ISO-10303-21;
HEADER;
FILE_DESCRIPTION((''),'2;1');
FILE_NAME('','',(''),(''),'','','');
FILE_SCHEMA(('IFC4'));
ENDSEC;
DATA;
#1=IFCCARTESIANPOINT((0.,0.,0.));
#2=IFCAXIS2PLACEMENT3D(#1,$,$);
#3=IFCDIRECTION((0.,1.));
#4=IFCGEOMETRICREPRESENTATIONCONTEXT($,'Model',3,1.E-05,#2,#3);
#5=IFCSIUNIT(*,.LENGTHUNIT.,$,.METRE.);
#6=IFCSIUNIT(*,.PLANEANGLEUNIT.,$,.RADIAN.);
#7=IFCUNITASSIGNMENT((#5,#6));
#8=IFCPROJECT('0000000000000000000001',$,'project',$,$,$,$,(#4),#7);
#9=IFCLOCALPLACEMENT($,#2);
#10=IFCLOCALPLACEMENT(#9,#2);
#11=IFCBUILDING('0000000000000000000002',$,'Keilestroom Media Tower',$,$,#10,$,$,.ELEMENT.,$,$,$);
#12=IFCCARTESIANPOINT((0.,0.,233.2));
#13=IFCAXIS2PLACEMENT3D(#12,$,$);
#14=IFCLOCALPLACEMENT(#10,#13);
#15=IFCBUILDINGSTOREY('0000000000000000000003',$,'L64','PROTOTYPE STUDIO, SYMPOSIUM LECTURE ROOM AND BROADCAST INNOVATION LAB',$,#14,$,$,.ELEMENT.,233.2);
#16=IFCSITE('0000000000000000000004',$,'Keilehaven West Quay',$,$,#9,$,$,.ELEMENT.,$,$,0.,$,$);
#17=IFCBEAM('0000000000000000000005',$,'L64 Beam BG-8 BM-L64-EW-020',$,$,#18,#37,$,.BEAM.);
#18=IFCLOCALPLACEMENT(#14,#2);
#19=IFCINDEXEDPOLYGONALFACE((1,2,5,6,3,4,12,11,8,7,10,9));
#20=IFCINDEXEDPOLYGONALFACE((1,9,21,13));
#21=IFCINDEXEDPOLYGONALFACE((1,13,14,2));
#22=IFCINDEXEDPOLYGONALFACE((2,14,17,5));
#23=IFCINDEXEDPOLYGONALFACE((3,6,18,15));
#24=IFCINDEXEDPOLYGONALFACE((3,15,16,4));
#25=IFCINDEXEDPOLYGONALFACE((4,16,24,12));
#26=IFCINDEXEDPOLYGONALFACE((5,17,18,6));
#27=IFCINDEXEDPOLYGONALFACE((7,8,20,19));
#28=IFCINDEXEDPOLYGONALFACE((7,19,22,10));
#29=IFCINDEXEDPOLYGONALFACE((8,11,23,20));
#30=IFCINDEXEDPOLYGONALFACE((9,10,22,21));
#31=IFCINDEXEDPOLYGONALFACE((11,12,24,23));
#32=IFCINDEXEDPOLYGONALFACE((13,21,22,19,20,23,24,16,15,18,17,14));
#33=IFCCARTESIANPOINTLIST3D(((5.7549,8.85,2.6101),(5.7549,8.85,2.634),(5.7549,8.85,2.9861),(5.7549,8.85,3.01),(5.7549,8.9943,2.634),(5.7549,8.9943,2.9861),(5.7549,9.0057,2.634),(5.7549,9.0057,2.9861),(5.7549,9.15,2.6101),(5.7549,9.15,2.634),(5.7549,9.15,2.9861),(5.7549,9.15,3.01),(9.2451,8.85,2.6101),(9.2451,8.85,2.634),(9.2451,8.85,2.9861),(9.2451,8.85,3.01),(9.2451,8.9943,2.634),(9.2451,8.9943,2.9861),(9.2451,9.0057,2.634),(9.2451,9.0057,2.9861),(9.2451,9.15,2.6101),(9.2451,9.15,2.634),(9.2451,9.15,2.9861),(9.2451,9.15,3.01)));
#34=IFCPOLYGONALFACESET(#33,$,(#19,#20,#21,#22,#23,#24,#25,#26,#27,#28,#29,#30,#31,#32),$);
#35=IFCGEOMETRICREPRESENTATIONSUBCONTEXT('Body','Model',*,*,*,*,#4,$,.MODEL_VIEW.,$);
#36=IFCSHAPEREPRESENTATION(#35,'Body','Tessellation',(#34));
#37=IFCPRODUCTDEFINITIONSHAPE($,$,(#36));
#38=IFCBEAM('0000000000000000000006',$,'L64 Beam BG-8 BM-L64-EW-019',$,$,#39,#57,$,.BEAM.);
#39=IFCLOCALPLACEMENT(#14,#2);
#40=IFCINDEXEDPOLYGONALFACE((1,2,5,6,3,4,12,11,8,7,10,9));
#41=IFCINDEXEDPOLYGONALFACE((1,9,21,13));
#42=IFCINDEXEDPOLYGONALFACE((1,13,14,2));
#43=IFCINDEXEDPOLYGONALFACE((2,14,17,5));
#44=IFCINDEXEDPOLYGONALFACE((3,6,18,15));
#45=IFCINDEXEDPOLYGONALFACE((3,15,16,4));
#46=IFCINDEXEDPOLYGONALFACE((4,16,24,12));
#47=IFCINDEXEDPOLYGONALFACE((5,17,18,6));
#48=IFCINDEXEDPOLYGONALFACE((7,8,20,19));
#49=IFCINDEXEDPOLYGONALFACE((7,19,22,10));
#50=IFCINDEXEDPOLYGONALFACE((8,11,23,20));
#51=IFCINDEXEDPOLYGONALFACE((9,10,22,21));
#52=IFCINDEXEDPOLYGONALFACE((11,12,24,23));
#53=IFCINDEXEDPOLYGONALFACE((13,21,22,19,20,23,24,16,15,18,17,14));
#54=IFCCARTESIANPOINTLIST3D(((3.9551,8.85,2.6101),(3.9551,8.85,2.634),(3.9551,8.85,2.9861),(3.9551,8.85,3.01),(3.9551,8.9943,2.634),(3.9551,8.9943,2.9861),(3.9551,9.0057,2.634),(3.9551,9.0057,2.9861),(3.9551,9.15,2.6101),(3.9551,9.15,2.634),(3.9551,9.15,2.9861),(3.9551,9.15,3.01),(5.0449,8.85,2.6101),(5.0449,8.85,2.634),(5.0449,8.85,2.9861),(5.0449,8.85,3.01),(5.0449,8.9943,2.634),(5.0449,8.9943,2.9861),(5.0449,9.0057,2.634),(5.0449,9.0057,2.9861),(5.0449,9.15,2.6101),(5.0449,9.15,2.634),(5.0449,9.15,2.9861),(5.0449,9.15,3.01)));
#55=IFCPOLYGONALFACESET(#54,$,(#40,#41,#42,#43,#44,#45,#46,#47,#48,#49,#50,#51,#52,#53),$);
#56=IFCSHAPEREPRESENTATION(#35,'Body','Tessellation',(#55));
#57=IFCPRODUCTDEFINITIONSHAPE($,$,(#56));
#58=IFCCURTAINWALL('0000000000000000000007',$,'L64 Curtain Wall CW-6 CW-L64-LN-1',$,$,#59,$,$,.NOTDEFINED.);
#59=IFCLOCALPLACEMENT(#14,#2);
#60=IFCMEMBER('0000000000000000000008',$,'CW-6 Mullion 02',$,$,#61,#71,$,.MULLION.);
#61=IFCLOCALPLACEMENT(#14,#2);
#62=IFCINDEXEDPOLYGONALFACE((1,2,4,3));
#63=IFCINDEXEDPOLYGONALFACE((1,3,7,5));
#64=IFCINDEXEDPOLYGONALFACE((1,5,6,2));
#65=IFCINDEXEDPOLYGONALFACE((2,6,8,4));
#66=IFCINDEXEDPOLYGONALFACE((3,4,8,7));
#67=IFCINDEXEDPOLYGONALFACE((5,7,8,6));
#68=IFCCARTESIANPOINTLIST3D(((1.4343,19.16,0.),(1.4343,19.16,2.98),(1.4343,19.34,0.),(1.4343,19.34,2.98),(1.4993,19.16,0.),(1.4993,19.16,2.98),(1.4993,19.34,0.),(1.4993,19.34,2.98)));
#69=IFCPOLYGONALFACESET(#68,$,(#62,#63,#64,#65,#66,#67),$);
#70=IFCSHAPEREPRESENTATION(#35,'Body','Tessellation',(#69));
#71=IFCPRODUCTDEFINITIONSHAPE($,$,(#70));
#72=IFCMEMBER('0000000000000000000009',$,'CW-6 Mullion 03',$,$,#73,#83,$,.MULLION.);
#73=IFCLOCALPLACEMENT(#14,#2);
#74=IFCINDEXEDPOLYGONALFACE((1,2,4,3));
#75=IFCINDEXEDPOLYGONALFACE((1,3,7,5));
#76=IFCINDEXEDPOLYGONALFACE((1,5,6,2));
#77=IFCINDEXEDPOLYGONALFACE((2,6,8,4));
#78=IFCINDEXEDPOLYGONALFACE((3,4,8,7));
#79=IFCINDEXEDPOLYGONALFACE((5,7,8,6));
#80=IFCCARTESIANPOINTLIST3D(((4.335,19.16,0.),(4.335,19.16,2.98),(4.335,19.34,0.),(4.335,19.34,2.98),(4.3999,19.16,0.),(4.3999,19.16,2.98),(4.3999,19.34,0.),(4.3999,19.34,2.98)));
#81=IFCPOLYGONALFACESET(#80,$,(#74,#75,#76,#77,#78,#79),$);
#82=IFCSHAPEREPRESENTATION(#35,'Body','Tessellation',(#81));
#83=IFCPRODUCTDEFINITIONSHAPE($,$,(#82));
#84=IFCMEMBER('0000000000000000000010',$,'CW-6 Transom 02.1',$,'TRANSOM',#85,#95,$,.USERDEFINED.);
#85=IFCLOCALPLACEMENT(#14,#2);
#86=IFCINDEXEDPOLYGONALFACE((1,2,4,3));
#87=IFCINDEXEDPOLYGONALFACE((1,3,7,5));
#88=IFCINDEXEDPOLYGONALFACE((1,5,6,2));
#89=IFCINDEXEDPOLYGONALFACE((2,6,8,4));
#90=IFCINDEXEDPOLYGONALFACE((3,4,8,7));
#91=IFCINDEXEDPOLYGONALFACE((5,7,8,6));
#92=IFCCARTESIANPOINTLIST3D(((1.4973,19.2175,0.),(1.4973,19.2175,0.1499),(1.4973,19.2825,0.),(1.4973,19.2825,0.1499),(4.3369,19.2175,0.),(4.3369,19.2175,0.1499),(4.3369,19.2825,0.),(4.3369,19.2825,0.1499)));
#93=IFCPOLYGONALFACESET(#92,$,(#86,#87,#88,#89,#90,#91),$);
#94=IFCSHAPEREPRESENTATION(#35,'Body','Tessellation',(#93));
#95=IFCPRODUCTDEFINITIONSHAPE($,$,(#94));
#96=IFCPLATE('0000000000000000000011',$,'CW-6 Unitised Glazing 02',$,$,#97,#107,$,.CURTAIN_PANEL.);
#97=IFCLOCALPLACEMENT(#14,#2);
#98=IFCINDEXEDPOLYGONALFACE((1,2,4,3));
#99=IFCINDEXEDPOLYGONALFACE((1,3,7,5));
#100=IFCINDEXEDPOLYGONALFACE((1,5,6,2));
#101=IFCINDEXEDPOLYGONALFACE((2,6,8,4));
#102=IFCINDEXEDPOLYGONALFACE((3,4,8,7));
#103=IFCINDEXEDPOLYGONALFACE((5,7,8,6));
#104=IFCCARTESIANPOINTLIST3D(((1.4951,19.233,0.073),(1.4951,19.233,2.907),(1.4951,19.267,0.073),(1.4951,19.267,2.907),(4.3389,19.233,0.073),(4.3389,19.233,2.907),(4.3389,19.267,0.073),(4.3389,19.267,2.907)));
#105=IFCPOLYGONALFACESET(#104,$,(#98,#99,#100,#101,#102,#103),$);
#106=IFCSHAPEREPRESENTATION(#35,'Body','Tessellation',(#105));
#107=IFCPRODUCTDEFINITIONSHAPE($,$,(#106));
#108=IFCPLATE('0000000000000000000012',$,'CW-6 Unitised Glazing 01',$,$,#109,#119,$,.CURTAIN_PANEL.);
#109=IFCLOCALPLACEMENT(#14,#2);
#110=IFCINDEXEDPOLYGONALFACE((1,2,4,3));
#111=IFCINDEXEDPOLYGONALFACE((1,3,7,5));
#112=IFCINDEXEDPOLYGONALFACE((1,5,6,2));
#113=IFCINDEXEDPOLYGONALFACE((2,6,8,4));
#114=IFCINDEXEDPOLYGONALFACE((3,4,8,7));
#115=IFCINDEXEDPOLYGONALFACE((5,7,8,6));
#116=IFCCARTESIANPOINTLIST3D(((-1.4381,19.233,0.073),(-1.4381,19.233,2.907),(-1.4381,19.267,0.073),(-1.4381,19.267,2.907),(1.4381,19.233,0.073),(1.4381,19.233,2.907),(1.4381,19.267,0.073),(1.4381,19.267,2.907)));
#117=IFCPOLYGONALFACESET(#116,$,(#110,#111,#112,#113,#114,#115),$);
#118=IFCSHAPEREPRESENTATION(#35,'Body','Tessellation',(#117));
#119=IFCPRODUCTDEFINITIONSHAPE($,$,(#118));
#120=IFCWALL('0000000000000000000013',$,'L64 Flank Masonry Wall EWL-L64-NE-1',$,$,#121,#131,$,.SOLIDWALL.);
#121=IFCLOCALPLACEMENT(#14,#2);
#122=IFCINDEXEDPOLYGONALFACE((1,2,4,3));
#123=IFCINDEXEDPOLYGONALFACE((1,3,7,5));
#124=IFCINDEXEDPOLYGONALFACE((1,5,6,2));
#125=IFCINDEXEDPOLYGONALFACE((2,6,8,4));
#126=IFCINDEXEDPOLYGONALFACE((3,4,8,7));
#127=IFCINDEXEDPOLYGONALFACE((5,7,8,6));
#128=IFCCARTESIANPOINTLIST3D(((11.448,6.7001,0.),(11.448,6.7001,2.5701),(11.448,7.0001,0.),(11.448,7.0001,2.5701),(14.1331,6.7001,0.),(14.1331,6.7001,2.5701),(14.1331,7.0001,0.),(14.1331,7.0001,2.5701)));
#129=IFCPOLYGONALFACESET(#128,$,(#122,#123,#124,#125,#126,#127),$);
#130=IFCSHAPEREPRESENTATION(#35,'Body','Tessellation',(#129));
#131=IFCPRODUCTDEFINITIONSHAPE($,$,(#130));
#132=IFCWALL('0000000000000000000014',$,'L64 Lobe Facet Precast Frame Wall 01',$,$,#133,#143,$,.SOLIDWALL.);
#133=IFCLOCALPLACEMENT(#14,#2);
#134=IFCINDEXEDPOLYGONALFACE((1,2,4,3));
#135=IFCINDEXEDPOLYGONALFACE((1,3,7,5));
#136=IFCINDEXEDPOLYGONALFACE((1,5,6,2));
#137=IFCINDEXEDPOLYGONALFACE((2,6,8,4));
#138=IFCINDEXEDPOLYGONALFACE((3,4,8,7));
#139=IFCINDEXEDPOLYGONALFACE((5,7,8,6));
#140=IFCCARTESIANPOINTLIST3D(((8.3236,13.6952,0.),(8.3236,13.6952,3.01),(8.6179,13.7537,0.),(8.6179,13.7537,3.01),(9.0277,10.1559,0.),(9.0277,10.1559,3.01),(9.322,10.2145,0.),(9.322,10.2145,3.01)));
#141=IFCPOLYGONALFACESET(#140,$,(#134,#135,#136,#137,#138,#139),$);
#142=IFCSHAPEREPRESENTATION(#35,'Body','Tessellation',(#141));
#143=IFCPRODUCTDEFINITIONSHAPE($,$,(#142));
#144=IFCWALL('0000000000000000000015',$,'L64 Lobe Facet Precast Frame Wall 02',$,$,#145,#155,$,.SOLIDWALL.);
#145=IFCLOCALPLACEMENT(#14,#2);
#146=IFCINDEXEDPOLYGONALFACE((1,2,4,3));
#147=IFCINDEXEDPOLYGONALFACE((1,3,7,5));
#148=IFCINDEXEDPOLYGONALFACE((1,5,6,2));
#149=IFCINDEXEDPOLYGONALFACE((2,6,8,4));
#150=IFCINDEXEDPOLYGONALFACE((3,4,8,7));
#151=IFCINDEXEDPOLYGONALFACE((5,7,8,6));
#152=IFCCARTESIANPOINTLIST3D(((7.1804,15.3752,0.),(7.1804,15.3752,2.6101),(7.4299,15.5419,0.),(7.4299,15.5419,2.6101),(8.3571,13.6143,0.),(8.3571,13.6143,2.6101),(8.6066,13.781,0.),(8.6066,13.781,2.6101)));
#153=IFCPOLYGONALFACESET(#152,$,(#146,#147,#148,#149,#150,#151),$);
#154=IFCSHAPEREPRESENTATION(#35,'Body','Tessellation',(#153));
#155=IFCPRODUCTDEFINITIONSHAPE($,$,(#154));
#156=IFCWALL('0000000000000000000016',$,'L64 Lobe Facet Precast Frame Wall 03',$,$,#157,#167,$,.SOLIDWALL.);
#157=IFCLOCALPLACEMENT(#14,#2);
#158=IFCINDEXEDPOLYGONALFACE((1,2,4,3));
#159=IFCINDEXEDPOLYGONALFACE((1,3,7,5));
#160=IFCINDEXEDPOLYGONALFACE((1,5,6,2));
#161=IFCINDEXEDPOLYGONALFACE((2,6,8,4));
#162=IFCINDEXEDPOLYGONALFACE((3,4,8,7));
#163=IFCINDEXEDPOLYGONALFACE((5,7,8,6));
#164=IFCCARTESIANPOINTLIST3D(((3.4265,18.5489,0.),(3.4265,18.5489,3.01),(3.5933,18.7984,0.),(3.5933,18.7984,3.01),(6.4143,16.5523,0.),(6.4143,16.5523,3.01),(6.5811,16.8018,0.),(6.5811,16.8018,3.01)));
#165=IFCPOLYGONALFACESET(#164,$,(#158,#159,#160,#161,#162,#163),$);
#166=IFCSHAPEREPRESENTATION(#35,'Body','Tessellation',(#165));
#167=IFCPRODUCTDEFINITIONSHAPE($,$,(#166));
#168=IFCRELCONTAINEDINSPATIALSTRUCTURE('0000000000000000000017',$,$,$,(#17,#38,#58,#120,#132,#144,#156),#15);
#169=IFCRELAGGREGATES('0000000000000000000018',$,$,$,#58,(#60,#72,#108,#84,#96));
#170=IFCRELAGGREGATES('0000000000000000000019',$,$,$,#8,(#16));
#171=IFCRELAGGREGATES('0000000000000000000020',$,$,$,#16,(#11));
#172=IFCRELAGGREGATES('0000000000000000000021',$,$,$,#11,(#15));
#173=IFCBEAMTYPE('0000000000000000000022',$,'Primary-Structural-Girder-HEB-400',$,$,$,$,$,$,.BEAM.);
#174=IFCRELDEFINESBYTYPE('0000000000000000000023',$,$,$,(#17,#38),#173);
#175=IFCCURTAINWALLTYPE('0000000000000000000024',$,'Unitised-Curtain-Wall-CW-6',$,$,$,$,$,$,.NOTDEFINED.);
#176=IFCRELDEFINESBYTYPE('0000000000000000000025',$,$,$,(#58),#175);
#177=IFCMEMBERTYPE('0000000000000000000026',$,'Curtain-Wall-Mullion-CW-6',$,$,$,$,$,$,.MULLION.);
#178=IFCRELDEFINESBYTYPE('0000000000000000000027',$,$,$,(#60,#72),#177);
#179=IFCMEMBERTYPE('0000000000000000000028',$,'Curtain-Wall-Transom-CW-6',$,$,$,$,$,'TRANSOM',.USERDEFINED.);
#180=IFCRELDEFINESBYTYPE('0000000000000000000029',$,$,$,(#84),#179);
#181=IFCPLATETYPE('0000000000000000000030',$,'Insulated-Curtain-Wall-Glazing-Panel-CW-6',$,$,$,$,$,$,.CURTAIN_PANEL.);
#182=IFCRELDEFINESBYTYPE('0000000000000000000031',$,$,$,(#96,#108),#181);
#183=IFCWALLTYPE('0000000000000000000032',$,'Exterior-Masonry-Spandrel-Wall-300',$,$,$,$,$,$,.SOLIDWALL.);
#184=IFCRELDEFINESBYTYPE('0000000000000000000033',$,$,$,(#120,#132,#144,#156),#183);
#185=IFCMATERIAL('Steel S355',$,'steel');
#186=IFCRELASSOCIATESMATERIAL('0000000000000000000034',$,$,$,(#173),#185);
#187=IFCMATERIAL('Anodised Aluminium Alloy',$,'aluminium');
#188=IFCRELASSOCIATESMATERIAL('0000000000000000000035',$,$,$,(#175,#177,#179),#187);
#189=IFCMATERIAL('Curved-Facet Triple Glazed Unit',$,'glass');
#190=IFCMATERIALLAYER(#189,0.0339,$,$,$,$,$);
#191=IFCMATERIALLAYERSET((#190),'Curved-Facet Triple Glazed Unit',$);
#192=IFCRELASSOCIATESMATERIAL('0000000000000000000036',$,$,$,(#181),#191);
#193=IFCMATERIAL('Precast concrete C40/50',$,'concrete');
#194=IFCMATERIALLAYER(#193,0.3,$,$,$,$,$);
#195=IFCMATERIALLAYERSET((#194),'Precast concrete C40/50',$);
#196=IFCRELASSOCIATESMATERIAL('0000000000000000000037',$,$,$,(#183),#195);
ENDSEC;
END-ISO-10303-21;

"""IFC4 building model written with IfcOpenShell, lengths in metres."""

from ifc_helpers import new_model, si_unit, direction, frame, frame_2d, origin, origin_2d, place, context, subcontext, project, spatial, rectangle, i_section, extrude, source, transform, mapped, material, layer, layer_set, material_profile, profile_set, type_object, element, aggregate, save


model = new_model("IFC4")

# Units and contexts
model_context = context("Model", 3, precision=1e-05, world=origin(), true_north=direction((0.0, 1.0)))
body_context = subcontext(model_context, "Body", "Model", "MODEL_VIEW")
ifc_project = project(units=[si_unit("LENGTHUNIT", "METRE"), si_unit("PLANEANGLEUNIT", "RADIAN")], contexts=[model_context])

# Site, building, storey
site_placement = place(None, origin())
site = spatial("IfcSite", under=ifc_project, at=site_placement, Name="Keilehaven West Quay", CompositionType="ELEMENT", RefElevation=0.0)
building_placement = place(site_placement, origin())
building = spatial("IfcBuilding", under=site, at=building_placement, Name="Keilestroom Media Tower", CompositionType="ELEMENT")
storey_placement = place(building_placement, frame((0.0, 0.0, 233.2)))
storey = spatial("IfcBuildingStorey", under=building, at=storey_placement, Name="L64", Description="PROTOTYPE STUDIO, SYMPOSIUM LECTURE ROOM AND BROADCAST INNOVATION LAB", CompositionType="ELEMENT", Elevation=233.2)

# Shared definitions
ifc_material_1 = material(Name="Precast concrete C40/50", Category="concrete")
ifc_material_2 = material(Name="Steel S355", Category="steel")

# Beams
ifc_material_profile_1 = material_profile(ifc_material_2, i_section(OverallWidth=0.3, OverallDepth=0.3999, WebThickness=0.0115, FlangeThickness=0.0239, at=origin_2d()), Name="HEB 400")
ifc_profile_set_1 = profile_set([ifc_material_profile_1], Name="Steel S355")
beam_type = type_object("IfcBeamType", Name="Primary-Structural-Girder-HEB-400", PredefinedType="BEAM", material=ifc_profile_set_1)
shared_shape_1 = source(origin(), body_context, "Body", "SweptSolid", [
    extrude(i_section(OverallWidth=0.3, OverallDepth=0.3999, WebThickness=0.0115, FlangeThickness=0.0239, at=origin_2d()), origin(), (0.0, 0.0, 1.0), 3.4902),
])
beam_1_placement = place(storey_placement, frame((5.7549, 9.0, 2.8101), z_axis=(1.0, 0.0, 0.0), x_axis=(0.0, 1.0, 0.0)))
element("IfcBeam", 1, at=beam_1_placement, inside=storey, type_object=beam_type, Name="L64 Beam BG-8 BM-L64-EW-020", PredefinedType="BEAM", context=body_context, shape_type="MappedRepresentation", body=[
    mapped(shared_shape_1, transform((0.0, 0.0, 0.0), x_axis=(1.0, 0.0, 0.0), y_axis=(0.0, 1.0, 0.0), z_axis=(0.0, 0.0, 1.0), scale=1.0)),
])
shared_shape_2 = source(origin(), body_context, "Body", "SweptSolid", [
    extrude(i_section(OverallWidth=0.3, OverallDepth=0.3999, WebThickness=0.0115, FlangeThickness=0.0239, at=origin_2d()), origin(), (0.0, 0.0, 1.0), 1.0898),
])
beam_2_placement = place(storey_placement, frame((3.9551, 9.0, 2.8101), z_axis=(1.0, 0.0, 0.0), x_axis=(0.0, 1.0, 0.0)))
element("IfcBeam", 2, at=beam_2_placement, inside=storey, type_object=beam_type, Name="L64 Beam BG-8 BM-L64-EW-019", PredefinedType="BEAM", context=body_context, shape_type="MappedRepresentation", body=[
    mapped(shared_shape_2, transform((0.0, 0.0, 0.0), x_axis=(1.0, 0.0, 0.0), y_axis=(0.0, 1.0, 0.0), z_axis=(0.0, 0.0, 1.0), scale=1.0)),
])

# Curtain wall, members, plates
ifc_material_3 = material(Name="Anodised Aluminium Alloy", Category="aluminium")
curtain_wall_type = type_object("IfcCurtainWallType", Name="Unitised-Curtain-Wall-CW-6", PredefinedType="NOTDEFINED", material=ifc_material_3)
curtain_wall_placement = place(storey_placement, origin())
curtain_wall = element("IfcCurtainWall", 3, at=curtain_wall_placement, inside=storey, type_object=curtain_wall_type, Name="L64 Curtain Wall CW-6 CW-L64-LN-1", PredefinedType="NOTDEFINED")
ifc_material_profile_2 = material_profile(ifc_material_3, rectangle(XDim=0.0649, YDim=0.1799, at=origin_2d()), Name="ALU MULLION 65x180")
ifc_profile_set_2 = profile_set([ifc_material_profile_2], Name="Anodised Aluminium Alloy")
member_type_1 = type_object("IfcMemberType", Name="Curtain-Wall-Mullion-CW-6", PredefinedType="MULLION", material=ifc_profile_set_2)
shared_shape_3 = source(origin(), body_context, "Body", "SweptSolid", [
    extrude(rectangle(XDim=0.0649, YDim=0.1799, at=origin_2d()), origin(), (0.0, 0.0, 1.0), 2.98),
])
member_1_placement = place(storey_placement, frame((1.4668, 19.25, 0.0), z_axis=(0.0, 0.0, 1.0), x_axis=(1.0, 0.0, 0.0)))
member_1 = element("IfcMember", 4, at=member_1_placement, type_object=member_type_1, Name="CW-6 Mullion 02", PredefinedType="MULLION", context=body_context, shape_type="MappedRepresentation", body=[
    mapped(shared_shape_3, transform((0.0, 0.0, 0.0), x_axis=(1.0, 0.0, 0.0), y_axis=(0.0, 1.0, 0.0), z_axis=(0.0, 0.0, 1.0), scale=1.0)),
])
member_2_placement = place(storey_placement, frame((4.3674, 19.25, 0.0), z_axis=(0.0, 0.0, 1.0), x_axis=(1.0, 0.0, 0.0)))
member_2 = element("IfcMember", 5, at=member_2_placement, type_object=member_type_1, Name="CW-6 Mullion 03", PredefinedType="MULLION", context=body_context, shape_type="MappedRepresentation", body=[
    mapped(shared_shape_3, transform((0.0, 0.0, 0.0), x_axis=(1.0, 0.0, 0.0), y_axis=(0.0, 1.0, 0.0), z_axis=(0.0, 0.0, 1.0), scale=1.0)),
])
ifc_material_profile_3 = material_profile(ifc_material_3, rectangle(XDim=0.0649, YDim=0.1499, at=origin_2d()), Name="ALU TRANSOM 65x150")
ifc_profile_set_3 = profile_set([ifc_material_profile_3], Name="Anodised Aluminium Alloy")
member_type_2 = type_object("IfcMemberType", Name="Curtain-Wall-Transom-CW-6", ElementType="TRANSOM", PredefinedType="USERDEFINED", material=ifc_profile_set_3)
shared_shape_4 = source(origin(), body_context, "Body", "SweptSolid", [
    extrude(rectangle(XDim=0.0649, YDim=0.1499, at=origin_2d()), origin(), (0.0, 0.0, 1.0), 2.8396),
])
member_3_placement = place(storey_placement, frame((1.4973, 19.25, 0.075), z_axis=(1.0, 0.0, 0.0), x_axis=(0.0, 1.0, 0.0)))
member_3 = element("IfcMember", 6, at=member_3_placement, type_object=member_type_2, Name="CW-6 Transom 02.1", ObjectType="TRANSOM", PredefinedType="USERDEFINED", context=body_context, shape_type="MappedRepresentation", body=[
    mapped(shared_shape_4, transform((0.0, 0.0, 0.0), x_axis=(1.0, 0.0, 0.0), y_axis=(0.0, 1.0, 0.0), z_axis=(0.0, 0.0, 1.0), scale=1.0)),
])
ifc_material_4 = material(Name="Curved-Facet Triple Glazed Unit", Category="glass")
ifc_layer_1 = layer(ifc_material_4, 0.0339)
ifc_layer_set_1 = layer_set([ifc_layer_1], Name="Curved-Facet Triple Glazed Unit")
plate_type = type_object("IfcPlateType", Name="Insulated-Curtain-Wall-Glazing-Panel-CW-6", PredefinedType="CURTAIN_PANEL", material=ifc_layer_set_1)
shared_shape_5 = source(origin(), body_context, "Body", "SweptSolid", [
    extrude(rectangle(XDim=2.8438, YDim=0.0339, at=origin_2d()), origin(), (0.0, 0.0, 1.0), 2.834),
])
plate_1_placement = place(storey_placement, frame((2.917, 19.25, 0.073), z_axis=(0.0, 0.0, 1.0), x_axis=(1.0, 0.0, 0.0)))
plate_1 = element("IfcPlate", 7, at=plate_1_placement, type_object=plate_type, Name="CW-6 Unitised Glazing 02", PredefinedType="CURTAIN_PANEL", context=body_context, shape_type="MappedRepresentation", body=[
    mapped(shared_shape_5, transform((0.0, 0.0, 0.0), x_axis=(1.0, 0.0, 0.0), y_axis=(0.0, 1.0, 0.0), z_axis=(0.0, 0.0, 1.0), scale=1.0)),
])
shared_shape_6 = source(origin(), body_context, "Body", "SweptSolid", [
    extrude(rectangle(XDim=2.8762, YDim=0.0339, at=origin_2d()), origin(), (0.0, 0.0, 1.0), 2.834),
])
plate_2_placement = place(storey_placement, frame((0.0, 19.25, 0.073), z_axis=(0.0, 0.0, 1.0), x_axis=(1.0, 0.0, 0.0)))
plate_2 = element("IfcPlate", 8, at=plate_2_placement, type_object=plate_type, Name="CW-6 Unitised Glazing 01", PredefinedType="CURTAIN_PANEL", context=body_context, shape_type="MappedRepresentation", body=[
    mapped(shared_shape_6, transform((0.0, 0.0, 0.0), x_axis=(1.0, 0.0, 0.0), y_axis=(0.0, 1.0, 0.0), z_axis=(0.0, 0.0, 1.0), scale=1.0)),
])
aggregate(curtain_wall, [member_1, member_2, plate_2, member_3, plate_1])

# Walls
ifc_layer_2 = layer(ifc_material_1, 0.3)
ifc_layer_set_2 = layer_set([ifc_layer_2], Name="Precast concrete C40/50")
wall_type_1 = type_object("IfcWallType", Name="Exterior-Masonry-Spandrel-Wall-300", PredefinedType="SOLIDWALL", material=ifc_layer_set_2)
wall_1_placement = place(storey_placement, frame((11.448, 6.8501, 0.0), z_axis=(0.0, 0.0, 1.0), x_axis=(1.0, 0.0, 0.0)))
element("IfcWall", 9, at=wall_1_placement, inside=storey, type_object=wall_type_1, Name="L64 Flank Masonry Wall EWL-L64-NE-1", PredefinedType="SOLIDWALL", context=body_context, shape_type="SweptSolid", body=[
    extrude(rectangle(XDim=2.6851, YDim=0.3, at=frame_2d((1.3425, 0.0))), origin(), (0.0, 0.0, 1.0), 2.5701),
])
wall_2_placement = place(storey_placement, frame((9.1748, 10.1853, 0.0), z_axis=(0.0, 0.0, 1.0), x_axis=(-0.195114, 0.980781, 0.0)))
element("IfcWall", 10, at=wall_2_placement, inside=storey, type_object=wall_type_1, Name="L64 Lobe Facet Precast Frame Wall 01", PredefinedType="SOLIDWALL", context=body_context, shape_type="SweptSolid", body=[
    extrude(rectangle(XDim=3.6086, YDim=0.3, at=frame_2d((1.8042, 0.0))), origin(), (0.0, 0.0, 1.0), 3.01),
])
wall_3_placement = place(storey_placement, frame((8.4819, 13.6975, 0.0), z_axis=(0.0, 0.0, 1.0), x_axis=(-0.555604, 0.831447, 0.0)))
element("IfcWall", 11, at=wall_3_placement, inside=storey, type_object=wall_type_1, Name="L64 Lobe Facet Precast Frame Wall 02", PredefinedType="SOLIDWALL", context=body_context, shape_type="SweptSolid", body=[
    extrude(rectangle(XDim=2.1179, YDim=0.3, at=frame_2d((1.0591, 0.0))), origin(), (0.0, 0.0, 1.0), 2.6101),
])
wall_4_placement = place(storey_placement, frame((6.4978, 16.677, 0.0), z_axis=(0.0, 0.0, 1.0), x_axis=(-0.831444, 0.555609, 0.0)))
element("IfcWall", 12, at=wall_4_placement, inside=storey, type_object=wall_type_1, Name="L64 Lobe Facet Precast Frame Wall 03", PredefinedType="SOLIDWALL", context=body_context, shape_type="SweptSolid", body=[
    extrude(rectangle(XDim=3.5935, YDim=0.3, at=frame_2d((1.7969, 0.0))), origin(), (0.0, 0.0, 1.0), 3.01),
])

save(model, "model.ifc")
